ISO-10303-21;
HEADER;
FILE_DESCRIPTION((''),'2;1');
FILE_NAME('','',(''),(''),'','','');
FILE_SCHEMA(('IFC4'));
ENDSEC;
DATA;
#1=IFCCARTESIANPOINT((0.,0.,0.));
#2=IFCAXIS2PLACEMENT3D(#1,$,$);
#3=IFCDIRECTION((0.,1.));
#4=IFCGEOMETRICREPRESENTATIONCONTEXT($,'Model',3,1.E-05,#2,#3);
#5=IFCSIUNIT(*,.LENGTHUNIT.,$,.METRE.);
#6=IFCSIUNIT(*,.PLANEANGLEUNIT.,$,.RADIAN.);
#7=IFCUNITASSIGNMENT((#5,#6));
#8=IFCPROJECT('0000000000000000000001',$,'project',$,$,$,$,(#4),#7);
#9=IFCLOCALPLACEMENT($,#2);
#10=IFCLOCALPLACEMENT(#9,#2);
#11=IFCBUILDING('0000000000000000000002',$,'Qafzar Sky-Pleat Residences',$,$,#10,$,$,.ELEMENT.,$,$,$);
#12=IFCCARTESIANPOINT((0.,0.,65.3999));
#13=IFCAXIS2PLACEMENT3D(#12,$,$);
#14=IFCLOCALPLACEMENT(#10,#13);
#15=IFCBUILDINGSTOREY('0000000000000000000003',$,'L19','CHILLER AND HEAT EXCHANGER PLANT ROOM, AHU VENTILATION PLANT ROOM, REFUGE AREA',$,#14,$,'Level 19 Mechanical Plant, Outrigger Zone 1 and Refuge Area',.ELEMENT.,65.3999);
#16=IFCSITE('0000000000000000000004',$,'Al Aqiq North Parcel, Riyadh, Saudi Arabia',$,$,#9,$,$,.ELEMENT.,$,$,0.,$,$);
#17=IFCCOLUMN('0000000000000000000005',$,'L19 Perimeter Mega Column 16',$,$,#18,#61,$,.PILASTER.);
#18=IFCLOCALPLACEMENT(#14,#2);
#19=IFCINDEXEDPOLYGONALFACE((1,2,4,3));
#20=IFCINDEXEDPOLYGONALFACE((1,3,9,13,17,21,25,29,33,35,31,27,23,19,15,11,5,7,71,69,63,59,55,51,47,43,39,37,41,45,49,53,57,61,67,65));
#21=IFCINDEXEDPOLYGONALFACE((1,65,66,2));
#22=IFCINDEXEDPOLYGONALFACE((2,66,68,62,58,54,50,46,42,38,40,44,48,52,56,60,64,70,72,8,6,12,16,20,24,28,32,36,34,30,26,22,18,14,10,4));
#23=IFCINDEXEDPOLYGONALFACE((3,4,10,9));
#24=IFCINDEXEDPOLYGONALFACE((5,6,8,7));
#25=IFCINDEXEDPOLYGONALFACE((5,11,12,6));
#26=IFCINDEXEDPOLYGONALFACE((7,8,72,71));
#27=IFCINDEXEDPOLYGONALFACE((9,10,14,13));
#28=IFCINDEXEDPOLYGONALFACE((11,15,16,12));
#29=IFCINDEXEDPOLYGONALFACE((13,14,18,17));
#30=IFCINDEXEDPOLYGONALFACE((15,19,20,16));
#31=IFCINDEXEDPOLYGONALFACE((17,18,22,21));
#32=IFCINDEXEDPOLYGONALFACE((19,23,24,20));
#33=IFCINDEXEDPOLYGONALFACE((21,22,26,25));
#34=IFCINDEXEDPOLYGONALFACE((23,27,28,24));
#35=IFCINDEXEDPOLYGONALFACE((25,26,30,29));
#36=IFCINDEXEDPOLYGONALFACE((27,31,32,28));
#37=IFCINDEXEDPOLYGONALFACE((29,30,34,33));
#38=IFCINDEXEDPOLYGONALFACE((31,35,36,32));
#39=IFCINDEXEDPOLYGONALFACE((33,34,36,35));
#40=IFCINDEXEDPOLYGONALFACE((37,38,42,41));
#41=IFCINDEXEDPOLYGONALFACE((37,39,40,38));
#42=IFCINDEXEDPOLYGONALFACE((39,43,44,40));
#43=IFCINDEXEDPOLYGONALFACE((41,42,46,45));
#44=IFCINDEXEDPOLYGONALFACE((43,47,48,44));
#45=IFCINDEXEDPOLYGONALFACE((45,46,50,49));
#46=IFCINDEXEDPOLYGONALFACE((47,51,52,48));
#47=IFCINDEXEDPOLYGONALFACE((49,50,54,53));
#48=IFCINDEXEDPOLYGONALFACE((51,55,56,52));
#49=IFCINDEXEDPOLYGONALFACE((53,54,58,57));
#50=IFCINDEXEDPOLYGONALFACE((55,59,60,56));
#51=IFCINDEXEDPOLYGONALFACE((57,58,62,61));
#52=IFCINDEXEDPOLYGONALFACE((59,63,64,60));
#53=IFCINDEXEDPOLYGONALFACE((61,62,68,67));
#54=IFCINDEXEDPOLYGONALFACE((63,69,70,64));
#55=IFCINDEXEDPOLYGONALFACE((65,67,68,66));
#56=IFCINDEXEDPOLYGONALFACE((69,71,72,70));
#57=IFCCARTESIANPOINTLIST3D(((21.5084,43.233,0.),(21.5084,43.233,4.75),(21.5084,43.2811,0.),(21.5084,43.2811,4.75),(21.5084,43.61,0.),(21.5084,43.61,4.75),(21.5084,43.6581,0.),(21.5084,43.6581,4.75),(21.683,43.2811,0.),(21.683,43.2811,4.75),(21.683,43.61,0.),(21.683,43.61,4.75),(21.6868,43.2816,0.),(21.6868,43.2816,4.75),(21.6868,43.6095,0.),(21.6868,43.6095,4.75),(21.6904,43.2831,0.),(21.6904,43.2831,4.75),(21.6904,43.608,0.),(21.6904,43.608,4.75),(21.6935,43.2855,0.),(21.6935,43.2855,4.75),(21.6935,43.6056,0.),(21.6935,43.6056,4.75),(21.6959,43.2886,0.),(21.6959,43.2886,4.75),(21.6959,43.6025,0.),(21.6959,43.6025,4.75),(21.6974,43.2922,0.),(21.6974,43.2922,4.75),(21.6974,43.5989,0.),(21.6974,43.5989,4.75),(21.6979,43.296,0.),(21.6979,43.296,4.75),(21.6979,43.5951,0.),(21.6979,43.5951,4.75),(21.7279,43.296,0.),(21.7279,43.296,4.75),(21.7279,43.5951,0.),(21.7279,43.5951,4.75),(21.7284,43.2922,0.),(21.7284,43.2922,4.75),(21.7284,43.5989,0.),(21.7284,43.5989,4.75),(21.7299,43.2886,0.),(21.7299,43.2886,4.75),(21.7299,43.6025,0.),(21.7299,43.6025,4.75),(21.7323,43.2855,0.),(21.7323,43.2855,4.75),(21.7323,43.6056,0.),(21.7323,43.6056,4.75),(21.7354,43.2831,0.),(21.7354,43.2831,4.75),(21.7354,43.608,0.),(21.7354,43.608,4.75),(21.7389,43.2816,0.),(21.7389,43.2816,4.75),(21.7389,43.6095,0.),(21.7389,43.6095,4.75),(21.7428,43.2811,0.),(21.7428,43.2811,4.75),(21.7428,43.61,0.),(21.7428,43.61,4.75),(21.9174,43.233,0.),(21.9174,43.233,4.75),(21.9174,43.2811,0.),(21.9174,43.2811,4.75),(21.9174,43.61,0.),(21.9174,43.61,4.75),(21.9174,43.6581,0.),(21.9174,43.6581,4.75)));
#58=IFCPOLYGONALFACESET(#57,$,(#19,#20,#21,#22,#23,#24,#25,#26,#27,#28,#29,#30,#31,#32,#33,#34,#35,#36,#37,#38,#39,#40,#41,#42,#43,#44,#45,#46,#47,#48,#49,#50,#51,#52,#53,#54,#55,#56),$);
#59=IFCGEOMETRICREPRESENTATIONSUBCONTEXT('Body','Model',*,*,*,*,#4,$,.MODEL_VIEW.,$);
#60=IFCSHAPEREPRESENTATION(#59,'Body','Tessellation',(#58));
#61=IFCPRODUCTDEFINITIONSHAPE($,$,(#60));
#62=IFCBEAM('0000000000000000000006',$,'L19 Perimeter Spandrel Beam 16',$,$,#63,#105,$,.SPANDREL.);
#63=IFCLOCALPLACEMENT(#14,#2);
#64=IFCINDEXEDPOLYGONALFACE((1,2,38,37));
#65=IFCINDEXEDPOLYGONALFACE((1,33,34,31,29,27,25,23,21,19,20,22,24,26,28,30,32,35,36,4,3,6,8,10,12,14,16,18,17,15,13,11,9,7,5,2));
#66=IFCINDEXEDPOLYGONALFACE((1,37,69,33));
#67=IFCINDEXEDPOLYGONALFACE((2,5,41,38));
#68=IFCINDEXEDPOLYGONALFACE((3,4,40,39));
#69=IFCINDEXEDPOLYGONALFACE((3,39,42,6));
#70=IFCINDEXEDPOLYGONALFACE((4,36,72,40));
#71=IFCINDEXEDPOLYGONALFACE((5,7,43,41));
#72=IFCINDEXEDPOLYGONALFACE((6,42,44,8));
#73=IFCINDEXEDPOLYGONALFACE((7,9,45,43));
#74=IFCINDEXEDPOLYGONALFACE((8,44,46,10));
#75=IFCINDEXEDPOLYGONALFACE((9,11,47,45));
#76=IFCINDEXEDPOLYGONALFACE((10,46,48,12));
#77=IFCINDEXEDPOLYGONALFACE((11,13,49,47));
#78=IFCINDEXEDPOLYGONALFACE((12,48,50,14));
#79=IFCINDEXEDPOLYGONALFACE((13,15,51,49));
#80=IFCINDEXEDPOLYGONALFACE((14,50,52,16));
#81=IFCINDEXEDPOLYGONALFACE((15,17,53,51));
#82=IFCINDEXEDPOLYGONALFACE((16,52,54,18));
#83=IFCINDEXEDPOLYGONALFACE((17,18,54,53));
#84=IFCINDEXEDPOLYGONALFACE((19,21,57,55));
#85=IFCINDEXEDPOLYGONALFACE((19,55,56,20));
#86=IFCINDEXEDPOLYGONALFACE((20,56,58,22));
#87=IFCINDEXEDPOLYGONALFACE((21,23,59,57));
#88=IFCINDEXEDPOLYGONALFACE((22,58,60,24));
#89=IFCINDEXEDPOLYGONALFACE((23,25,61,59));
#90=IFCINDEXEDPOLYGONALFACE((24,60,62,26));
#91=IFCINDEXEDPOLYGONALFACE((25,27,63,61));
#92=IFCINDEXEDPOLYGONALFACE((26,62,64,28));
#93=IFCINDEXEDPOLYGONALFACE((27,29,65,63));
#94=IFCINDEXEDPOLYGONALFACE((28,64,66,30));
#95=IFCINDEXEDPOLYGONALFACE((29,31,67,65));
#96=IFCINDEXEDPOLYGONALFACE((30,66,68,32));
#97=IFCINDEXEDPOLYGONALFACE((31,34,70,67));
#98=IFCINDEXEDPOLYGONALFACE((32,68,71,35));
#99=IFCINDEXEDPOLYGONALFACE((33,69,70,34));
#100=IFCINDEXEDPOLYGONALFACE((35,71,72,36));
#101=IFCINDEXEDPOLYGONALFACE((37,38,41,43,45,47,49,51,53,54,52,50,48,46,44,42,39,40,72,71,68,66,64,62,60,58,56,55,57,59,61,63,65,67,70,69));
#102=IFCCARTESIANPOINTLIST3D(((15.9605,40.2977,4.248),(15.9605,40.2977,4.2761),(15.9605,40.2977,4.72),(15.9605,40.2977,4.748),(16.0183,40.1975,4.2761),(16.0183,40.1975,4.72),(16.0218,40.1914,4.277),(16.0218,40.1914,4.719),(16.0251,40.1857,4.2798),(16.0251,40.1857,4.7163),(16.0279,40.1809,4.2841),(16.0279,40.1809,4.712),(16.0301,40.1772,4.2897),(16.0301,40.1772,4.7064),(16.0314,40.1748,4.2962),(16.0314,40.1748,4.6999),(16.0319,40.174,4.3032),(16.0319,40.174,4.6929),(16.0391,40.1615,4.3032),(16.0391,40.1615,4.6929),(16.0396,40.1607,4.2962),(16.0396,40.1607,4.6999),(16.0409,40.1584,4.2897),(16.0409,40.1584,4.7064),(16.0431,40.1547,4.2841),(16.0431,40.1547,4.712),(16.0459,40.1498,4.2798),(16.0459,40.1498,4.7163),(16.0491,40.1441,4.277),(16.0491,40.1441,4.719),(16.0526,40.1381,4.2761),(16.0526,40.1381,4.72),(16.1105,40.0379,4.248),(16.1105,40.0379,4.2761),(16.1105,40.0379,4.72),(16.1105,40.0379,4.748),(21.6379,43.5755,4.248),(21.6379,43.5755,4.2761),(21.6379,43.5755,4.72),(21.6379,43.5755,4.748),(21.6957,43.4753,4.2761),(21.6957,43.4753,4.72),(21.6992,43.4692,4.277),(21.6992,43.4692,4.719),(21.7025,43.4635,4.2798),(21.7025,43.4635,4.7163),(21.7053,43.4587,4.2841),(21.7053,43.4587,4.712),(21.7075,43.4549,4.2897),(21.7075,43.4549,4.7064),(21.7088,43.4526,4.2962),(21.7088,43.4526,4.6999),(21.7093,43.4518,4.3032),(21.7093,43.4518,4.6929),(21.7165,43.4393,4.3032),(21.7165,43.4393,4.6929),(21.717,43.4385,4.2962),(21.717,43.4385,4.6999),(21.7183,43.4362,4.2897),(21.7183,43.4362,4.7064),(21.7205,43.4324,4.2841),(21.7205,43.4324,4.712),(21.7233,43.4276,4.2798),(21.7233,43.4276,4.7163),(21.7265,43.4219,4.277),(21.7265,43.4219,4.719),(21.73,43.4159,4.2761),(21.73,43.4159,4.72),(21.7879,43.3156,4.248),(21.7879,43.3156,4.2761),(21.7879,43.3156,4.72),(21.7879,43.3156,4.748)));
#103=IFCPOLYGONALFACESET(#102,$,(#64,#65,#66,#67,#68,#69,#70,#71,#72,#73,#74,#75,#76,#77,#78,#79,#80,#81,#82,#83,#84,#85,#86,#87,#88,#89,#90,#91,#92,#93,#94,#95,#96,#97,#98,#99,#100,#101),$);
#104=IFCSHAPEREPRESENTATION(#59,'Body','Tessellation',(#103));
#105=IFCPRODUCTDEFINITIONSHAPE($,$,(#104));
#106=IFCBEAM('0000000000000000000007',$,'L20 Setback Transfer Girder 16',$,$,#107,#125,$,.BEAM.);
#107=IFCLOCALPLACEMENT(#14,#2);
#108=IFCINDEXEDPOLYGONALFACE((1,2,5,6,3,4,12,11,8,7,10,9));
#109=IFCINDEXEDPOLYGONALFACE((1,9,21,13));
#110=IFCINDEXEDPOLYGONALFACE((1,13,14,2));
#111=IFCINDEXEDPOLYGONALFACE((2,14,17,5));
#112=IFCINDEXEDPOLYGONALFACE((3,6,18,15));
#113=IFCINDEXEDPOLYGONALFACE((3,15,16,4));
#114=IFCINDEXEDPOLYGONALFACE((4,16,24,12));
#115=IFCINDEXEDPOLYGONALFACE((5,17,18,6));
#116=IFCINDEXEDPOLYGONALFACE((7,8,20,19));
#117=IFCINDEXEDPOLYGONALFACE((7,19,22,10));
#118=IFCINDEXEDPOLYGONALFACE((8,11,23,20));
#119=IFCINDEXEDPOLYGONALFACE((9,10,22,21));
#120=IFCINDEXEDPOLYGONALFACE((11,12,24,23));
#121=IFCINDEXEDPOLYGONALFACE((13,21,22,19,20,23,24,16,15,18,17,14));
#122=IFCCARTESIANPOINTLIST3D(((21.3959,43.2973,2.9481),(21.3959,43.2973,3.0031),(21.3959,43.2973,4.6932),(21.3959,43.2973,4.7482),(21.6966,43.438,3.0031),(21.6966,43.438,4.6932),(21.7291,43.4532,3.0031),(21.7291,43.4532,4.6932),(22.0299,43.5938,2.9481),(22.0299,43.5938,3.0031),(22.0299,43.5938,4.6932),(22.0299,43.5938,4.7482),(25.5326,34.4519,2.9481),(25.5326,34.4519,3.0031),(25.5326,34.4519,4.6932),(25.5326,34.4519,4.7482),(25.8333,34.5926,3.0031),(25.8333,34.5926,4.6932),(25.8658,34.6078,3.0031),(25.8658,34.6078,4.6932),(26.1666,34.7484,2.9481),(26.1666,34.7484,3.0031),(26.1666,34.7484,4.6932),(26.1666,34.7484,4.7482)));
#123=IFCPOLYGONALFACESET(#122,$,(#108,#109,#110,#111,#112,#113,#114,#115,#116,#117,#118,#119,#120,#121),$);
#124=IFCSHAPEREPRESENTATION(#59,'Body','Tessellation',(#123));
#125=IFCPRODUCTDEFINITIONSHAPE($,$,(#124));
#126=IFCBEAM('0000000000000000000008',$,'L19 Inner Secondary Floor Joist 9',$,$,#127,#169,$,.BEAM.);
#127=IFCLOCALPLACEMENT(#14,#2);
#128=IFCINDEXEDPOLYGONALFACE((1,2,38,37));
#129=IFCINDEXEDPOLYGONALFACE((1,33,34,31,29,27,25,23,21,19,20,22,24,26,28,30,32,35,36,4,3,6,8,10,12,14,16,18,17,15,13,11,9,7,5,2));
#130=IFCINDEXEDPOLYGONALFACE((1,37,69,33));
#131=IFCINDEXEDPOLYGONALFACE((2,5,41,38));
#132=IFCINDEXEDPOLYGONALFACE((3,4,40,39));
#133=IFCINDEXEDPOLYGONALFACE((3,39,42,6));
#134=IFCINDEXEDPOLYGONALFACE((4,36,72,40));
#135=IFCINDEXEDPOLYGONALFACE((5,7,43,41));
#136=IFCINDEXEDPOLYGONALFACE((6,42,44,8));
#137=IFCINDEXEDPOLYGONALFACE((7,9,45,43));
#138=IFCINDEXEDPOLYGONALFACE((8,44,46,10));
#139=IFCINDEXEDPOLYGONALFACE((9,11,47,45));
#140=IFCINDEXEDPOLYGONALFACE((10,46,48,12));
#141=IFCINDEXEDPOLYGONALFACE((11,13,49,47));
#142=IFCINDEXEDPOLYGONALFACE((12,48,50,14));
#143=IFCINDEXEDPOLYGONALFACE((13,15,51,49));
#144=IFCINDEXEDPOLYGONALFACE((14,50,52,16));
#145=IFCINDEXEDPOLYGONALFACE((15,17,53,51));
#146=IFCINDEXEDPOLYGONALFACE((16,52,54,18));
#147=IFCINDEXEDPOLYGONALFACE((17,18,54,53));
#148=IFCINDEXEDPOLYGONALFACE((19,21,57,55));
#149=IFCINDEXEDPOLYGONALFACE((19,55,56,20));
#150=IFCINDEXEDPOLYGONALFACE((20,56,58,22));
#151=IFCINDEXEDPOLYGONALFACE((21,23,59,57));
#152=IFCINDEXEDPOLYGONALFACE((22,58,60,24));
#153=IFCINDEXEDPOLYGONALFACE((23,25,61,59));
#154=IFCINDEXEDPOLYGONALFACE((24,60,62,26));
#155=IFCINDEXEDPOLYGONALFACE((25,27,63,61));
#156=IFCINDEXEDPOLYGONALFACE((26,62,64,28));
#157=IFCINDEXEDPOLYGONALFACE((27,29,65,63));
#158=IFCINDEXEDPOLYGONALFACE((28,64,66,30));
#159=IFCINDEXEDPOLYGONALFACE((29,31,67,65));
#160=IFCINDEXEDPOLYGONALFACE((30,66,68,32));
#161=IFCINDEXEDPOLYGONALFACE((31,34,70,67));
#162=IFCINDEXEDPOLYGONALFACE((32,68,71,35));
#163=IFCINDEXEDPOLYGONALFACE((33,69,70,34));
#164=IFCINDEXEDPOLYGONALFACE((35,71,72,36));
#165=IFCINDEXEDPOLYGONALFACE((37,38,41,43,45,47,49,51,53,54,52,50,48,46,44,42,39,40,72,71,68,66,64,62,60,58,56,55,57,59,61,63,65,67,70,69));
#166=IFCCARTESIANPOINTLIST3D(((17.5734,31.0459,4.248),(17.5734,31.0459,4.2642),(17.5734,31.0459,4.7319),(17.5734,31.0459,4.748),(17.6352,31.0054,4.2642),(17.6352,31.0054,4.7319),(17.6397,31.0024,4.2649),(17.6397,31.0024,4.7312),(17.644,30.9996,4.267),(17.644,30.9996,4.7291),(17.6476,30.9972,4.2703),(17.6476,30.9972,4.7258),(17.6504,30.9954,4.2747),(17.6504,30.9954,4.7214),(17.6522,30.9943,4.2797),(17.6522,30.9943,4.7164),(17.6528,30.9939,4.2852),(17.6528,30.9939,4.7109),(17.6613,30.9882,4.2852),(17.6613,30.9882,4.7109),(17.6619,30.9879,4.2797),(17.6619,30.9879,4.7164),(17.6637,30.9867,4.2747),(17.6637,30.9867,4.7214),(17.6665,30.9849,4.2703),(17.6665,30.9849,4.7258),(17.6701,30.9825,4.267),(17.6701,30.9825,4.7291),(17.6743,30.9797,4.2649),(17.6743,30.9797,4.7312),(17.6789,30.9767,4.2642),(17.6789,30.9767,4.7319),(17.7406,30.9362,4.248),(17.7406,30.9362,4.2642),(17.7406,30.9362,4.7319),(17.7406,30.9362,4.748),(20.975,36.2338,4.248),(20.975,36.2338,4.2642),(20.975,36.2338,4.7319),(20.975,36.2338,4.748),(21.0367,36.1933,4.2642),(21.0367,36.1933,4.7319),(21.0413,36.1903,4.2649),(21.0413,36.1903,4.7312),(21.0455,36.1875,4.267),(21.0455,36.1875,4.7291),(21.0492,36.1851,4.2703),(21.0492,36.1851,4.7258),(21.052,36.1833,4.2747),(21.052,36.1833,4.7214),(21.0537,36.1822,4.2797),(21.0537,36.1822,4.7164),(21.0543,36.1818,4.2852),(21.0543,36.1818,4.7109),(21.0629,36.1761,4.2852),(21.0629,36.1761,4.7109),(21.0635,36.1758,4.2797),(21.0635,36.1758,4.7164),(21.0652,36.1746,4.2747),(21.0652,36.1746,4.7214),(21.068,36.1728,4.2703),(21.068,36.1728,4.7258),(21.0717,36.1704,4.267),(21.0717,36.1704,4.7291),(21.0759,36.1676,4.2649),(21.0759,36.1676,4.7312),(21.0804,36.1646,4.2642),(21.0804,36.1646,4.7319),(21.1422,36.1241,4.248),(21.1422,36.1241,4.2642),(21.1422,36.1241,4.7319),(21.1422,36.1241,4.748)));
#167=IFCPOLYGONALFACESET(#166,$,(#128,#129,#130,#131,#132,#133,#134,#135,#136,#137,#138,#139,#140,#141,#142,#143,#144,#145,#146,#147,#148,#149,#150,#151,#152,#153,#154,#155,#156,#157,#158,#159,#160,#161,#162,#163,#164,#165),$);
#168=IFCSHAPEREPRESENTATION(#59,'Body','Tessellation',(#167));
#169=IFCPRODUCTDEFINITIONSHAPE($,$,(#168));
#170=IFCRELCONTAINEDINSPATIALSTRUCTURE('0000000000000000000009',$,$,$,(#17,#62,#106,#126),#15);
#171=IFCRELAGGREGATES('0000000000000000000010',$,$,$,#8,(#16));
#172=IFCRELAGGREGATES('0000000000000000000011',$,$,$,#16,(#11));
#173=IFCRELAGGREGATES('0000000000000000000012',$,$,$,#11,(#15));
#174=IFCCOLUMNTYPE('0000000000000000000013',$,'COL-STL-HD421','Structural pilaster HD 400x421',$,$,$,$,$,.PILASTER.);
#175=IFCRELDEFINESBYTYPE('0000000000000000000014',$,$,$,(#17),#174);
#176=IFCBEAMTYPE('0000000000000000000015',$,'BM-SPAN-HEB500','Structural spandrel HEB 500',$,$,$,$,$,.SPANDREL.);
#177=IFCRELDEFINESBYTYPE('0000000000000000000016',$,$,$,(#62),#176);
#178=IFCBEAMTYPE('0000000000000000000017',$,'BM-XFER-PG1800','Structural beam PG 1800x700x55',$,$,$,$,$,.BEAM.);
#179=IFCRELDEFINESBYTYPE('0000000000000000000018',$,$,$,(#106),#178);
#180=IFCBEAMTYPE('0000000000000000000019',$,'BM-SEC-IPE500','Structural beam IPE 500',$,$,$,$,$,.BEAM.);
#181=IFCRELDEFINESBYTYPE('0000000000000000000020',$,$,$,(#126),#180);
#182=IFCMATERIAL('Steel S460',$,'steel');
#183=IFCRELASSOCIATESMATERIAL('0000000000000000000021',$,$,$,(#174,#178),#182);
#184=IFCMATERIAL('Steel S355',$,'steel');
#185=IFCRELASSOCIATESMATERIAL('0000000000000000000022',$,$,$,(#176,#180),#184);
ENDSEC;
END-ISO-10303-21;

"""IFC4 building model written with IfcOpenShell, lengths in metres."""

from ifc_helpers import new_model, si_unit, direction, frame, origin, origin_2d, place, context, subcontext, project, spatial, i_section, extrude, source, transform, mapped, material, material_profile, profile_set, type_object, element, save


model = new_model("IFC4")

# Units and contexts
model_context = context("Model", 3, precision=1e-05, world=origin(), true_north=direction((0.0, 1.0)))
body_context = subcontext(model_context, "Body", "Model", "MODEL_VIEW")
ifc_project = project(units=[si_unit("LENGTHUNIT", "METRE"), si_unit("PLANEANGLEUNIT", "RADIAN")], contexts=[model_context])

# Site, building, storey
site_placement = place(None, origin())
site = spatial("IfcSite", under=ifc_project, at=site_placement, Name="Al Aqiq North Parcel, Riyadh, Saudi Arabia", CompositionType="ELEMENT", RefElevation=0.0)
building_placement = place(site_placement, origin())
building = spatial("IfcBuilding", under=site, at=building_placement, Name="Qafzar Sky-Pleat Residences", CompositionType="ELEMENT")
storey_placement = place(building_placement, frame((0.0, 0.0, 65.3999)))
storey = spatial("IfcBuildingStorey", under=building, at=storey_placement, Name="L19", Description="CHILLER AND HEAT EXCHANGER PLANT ROOM, AHU VENTILATION PLANT ROOM, REFUGE AREA", LongName="Level 19 Mechanical Plant, Outrigger Zone 1 and Refuge Area", CompositionType="ELEMENT", Elevation=65.3999)

# Column
ifc_material_1 = material(Name="Steel S460", Category="steel")
ifc_material_profile_1 = material_profile(ifc_material_1, i_section(OverallWidth=0.4089, OverallDepth=0.425, WebThickness=0.03, FlangeThickness=0.0481, FilletRadius=0.0149, at=origin_2d()), Name="HD 400x421")
ifc_profile_set_1 = profile_set([ifc_material_profile_1], Name="Steel S460")
column_type = type_object("IfcColumnType", Name="COL-STL-HD421", Description="Structural pilaster HD 400x421", PredefinedType="PILASTER", material=ifc_profile_set_1)
shared_shape_1 = source(origin(), body_context, "Body", "SweptSolid", [
    extrude(i_section(OverallWidth=0.4089, OverallDepth=0.425, WebThickness=0.03, FlangeThickness=0.0481, FilletRadius=0.0149, at=origin_2d()), origin(), (0.0, 0.0, 1.0), 4.75),
])
column_placement = place(storey_placement, frame((21.7129, 43.4456, 0.0), z_axis=(0.0, 0.0, 1.0), x_axis=(1.0, 0.0, 0.0)))
element("IfcColumn", 1, at=column_placement, inside=storey, type_object=column_type, Name="L19 Perimeter Mega Column 16", PredefinedType="PILASTER", context=body_context, shape_type="MappedRepresentation", body=[
    mapped(shared_shape_1, transform((0.0, 0.0, 0.0), x_axis=(1.0, 0.0, 0.0), y_axis=(0.0, 1.0, 0.0), z_axis=(0.0, 0.0, 1.0), scale=1.0)),
])

# Beams
ifc_material_2 = material(Name="Steel S355", Category="steel")
ifc_material_profile_2 = material_profile(ifc_material_2, i_section(OverallWidth=0.3, OverallDepth=0.5, WebThickness=0.0144, FlangeThickness=0.0281, FilletRadius=0.0271, at=origin_2d()), Name="HEB 500")
ifc_profile_set_2 = profile_set([ifc_material_profile_2], Name="Steel S355")
beam_type_1 = type_object("IfcBeamType", Name="BM-SPAN-HEB500", Description="Structural spandrel HEB 500", PredefinedType="SPANDREL", material=ifc_profile_set_2)
shared_shape_2 = source(origin(), body_context, "Body", "SweptSolid", [
    extrude(i_section(OverallWidth=0.3, OverallDepth=0.5, WebThickness=0.0144, FlangeThickness=0.0281, FilletRadius=0.0271, at=origin_2d()), origin(), (0.0, 0.0, 1.0), 6.5557),
])
beam_1_placement = place(storey_placement, frame((21.7129, 43.4456, 4.498), z_axis=(-0.86603, -0.499992, 0.0), x_axis=(0.499992, -0.86603, 0.0)))
element("IfcBeam", 2, at=beam_1_placement, inside=storey, type_object=beam_type_1, Name="L19 Perimeter Spandrel Beam 16", PredefinedType="SPANDREL", context=body_context, shape_type="MappedRepresentation", body=[
    mapped(shared_shape_2, transform((0.0, 0.0, 0.0), x_axis=(1.0, 0.0, 0.0), y_axis=(0.0, 1.0, 0.0), z_axis=(0.0, 0.0, 1.0), scale=1.0)),
])
ifc_material_profile_3 = material_profile(ifc_material_1, i_section(OverallWidth=0.7, OverallDepth=1.8, WebThickness=0.0359, FlangeThickness=0.0549, at=origin_2d()), Name="PG 1800x700x55")
ifc_profile_set_3 = profile_set([ifc_material_profile_3], Name="Steel S460")
beam_type_2 = type_object("IfcBeamType", Name="BM-XFER-PG1800", Description="Structural beam PG 1800x700x55", PredefinedType="BEAM", material=ifc_profile_set_3)
shared_shape_3 = source(origin(), body_context, "Body", "SweptSolid", [
    extrude(i_section(OverallWidth=0.7, OverallDepth=1.8, WebThickness=0.0359, FlangeThickness=0.0549, at=origin_2d()), origin(), (0.0, 0.0, 1.0), 9.7649),
])
beam_2_placement = place(storey_placement, frame((21.7129, 43.4456, 3.8481), z_axis=(0.423629, -0.905836, 0.0), x_axis=(0.905836, 0.423629, 0.0)))
element("IfcBeam", 3, at=beam_2_placement, inside=storey, type_object=beam_type_2, Name="L20 Setback Transfer Girder 16", PredefinedType="BEAM", context=body_context, shape_type="MappedRepresentation", body=[
    mapped(shared_shape_3, transform((0.0, 0.0, 0.0), x_axis=(1.0, 0.0, 0.0), y_axis=(0.0, 1.0, 0.0), z_axis=(0.0, 0.0, 1.0), scale=1.0)),
])
ifc_material_profile_4 = material_profile(ifc_material_2, i_section(OverallWidth=0.2, OverallDepth=0.5, WebThickness=0.0103, FlangeThickness=0.0161, FilletRadius=0.021, at=origin_2d()), Name="IPE 500")
ifc_profile_set_4 = profile_set([ifc_material_profile_4], Name="Steel S355")
beam_type_3 = type_object("IfcBeamType", Name="BM-SEC-IPE500", Description="Structural beam IPE 500", PredefinedType="BEAM", material=ifc_profile_set_4)
shared_shape_4 = source(origin(), body_context, "Body", "SweptSolid", [
    extrude(i_section(OverallWidth=0.2, OverallDepth=0.5, WebThickness=0.0103, FlangeThickness=0.0161, FilletRadius=0.021, at=origin_2d()), origin(), (0.0, 0.0, 1.0), 6.2036),
])
beam_3_placement = place(storey_placement, frame((21.0586, 36.179, 4.498), z_axis=(-0.548318, -0.83627, 0.0), x_axis=(0.83627, -0.548318, 0.0)))
element("IfcBeam", 4, at=beam_3_placement, inside=storey, type_object=beam_type_3, Name="L19 Inner Secondary Floor Joist 9", PredefinedType="BEAM", context=body_context, shape_type="MappedRepresentation", body=[
    mapped(shared_shape_4, transform((0.0, 0.0, 0.0), x_axis=(1.0, 0.0, 0.0), y_axis=(0.0, 1.0, 0.0), z_axis=(0.0, 0.0, 1.0), scale=1.0)),
])

save(model, "model.ifc")
